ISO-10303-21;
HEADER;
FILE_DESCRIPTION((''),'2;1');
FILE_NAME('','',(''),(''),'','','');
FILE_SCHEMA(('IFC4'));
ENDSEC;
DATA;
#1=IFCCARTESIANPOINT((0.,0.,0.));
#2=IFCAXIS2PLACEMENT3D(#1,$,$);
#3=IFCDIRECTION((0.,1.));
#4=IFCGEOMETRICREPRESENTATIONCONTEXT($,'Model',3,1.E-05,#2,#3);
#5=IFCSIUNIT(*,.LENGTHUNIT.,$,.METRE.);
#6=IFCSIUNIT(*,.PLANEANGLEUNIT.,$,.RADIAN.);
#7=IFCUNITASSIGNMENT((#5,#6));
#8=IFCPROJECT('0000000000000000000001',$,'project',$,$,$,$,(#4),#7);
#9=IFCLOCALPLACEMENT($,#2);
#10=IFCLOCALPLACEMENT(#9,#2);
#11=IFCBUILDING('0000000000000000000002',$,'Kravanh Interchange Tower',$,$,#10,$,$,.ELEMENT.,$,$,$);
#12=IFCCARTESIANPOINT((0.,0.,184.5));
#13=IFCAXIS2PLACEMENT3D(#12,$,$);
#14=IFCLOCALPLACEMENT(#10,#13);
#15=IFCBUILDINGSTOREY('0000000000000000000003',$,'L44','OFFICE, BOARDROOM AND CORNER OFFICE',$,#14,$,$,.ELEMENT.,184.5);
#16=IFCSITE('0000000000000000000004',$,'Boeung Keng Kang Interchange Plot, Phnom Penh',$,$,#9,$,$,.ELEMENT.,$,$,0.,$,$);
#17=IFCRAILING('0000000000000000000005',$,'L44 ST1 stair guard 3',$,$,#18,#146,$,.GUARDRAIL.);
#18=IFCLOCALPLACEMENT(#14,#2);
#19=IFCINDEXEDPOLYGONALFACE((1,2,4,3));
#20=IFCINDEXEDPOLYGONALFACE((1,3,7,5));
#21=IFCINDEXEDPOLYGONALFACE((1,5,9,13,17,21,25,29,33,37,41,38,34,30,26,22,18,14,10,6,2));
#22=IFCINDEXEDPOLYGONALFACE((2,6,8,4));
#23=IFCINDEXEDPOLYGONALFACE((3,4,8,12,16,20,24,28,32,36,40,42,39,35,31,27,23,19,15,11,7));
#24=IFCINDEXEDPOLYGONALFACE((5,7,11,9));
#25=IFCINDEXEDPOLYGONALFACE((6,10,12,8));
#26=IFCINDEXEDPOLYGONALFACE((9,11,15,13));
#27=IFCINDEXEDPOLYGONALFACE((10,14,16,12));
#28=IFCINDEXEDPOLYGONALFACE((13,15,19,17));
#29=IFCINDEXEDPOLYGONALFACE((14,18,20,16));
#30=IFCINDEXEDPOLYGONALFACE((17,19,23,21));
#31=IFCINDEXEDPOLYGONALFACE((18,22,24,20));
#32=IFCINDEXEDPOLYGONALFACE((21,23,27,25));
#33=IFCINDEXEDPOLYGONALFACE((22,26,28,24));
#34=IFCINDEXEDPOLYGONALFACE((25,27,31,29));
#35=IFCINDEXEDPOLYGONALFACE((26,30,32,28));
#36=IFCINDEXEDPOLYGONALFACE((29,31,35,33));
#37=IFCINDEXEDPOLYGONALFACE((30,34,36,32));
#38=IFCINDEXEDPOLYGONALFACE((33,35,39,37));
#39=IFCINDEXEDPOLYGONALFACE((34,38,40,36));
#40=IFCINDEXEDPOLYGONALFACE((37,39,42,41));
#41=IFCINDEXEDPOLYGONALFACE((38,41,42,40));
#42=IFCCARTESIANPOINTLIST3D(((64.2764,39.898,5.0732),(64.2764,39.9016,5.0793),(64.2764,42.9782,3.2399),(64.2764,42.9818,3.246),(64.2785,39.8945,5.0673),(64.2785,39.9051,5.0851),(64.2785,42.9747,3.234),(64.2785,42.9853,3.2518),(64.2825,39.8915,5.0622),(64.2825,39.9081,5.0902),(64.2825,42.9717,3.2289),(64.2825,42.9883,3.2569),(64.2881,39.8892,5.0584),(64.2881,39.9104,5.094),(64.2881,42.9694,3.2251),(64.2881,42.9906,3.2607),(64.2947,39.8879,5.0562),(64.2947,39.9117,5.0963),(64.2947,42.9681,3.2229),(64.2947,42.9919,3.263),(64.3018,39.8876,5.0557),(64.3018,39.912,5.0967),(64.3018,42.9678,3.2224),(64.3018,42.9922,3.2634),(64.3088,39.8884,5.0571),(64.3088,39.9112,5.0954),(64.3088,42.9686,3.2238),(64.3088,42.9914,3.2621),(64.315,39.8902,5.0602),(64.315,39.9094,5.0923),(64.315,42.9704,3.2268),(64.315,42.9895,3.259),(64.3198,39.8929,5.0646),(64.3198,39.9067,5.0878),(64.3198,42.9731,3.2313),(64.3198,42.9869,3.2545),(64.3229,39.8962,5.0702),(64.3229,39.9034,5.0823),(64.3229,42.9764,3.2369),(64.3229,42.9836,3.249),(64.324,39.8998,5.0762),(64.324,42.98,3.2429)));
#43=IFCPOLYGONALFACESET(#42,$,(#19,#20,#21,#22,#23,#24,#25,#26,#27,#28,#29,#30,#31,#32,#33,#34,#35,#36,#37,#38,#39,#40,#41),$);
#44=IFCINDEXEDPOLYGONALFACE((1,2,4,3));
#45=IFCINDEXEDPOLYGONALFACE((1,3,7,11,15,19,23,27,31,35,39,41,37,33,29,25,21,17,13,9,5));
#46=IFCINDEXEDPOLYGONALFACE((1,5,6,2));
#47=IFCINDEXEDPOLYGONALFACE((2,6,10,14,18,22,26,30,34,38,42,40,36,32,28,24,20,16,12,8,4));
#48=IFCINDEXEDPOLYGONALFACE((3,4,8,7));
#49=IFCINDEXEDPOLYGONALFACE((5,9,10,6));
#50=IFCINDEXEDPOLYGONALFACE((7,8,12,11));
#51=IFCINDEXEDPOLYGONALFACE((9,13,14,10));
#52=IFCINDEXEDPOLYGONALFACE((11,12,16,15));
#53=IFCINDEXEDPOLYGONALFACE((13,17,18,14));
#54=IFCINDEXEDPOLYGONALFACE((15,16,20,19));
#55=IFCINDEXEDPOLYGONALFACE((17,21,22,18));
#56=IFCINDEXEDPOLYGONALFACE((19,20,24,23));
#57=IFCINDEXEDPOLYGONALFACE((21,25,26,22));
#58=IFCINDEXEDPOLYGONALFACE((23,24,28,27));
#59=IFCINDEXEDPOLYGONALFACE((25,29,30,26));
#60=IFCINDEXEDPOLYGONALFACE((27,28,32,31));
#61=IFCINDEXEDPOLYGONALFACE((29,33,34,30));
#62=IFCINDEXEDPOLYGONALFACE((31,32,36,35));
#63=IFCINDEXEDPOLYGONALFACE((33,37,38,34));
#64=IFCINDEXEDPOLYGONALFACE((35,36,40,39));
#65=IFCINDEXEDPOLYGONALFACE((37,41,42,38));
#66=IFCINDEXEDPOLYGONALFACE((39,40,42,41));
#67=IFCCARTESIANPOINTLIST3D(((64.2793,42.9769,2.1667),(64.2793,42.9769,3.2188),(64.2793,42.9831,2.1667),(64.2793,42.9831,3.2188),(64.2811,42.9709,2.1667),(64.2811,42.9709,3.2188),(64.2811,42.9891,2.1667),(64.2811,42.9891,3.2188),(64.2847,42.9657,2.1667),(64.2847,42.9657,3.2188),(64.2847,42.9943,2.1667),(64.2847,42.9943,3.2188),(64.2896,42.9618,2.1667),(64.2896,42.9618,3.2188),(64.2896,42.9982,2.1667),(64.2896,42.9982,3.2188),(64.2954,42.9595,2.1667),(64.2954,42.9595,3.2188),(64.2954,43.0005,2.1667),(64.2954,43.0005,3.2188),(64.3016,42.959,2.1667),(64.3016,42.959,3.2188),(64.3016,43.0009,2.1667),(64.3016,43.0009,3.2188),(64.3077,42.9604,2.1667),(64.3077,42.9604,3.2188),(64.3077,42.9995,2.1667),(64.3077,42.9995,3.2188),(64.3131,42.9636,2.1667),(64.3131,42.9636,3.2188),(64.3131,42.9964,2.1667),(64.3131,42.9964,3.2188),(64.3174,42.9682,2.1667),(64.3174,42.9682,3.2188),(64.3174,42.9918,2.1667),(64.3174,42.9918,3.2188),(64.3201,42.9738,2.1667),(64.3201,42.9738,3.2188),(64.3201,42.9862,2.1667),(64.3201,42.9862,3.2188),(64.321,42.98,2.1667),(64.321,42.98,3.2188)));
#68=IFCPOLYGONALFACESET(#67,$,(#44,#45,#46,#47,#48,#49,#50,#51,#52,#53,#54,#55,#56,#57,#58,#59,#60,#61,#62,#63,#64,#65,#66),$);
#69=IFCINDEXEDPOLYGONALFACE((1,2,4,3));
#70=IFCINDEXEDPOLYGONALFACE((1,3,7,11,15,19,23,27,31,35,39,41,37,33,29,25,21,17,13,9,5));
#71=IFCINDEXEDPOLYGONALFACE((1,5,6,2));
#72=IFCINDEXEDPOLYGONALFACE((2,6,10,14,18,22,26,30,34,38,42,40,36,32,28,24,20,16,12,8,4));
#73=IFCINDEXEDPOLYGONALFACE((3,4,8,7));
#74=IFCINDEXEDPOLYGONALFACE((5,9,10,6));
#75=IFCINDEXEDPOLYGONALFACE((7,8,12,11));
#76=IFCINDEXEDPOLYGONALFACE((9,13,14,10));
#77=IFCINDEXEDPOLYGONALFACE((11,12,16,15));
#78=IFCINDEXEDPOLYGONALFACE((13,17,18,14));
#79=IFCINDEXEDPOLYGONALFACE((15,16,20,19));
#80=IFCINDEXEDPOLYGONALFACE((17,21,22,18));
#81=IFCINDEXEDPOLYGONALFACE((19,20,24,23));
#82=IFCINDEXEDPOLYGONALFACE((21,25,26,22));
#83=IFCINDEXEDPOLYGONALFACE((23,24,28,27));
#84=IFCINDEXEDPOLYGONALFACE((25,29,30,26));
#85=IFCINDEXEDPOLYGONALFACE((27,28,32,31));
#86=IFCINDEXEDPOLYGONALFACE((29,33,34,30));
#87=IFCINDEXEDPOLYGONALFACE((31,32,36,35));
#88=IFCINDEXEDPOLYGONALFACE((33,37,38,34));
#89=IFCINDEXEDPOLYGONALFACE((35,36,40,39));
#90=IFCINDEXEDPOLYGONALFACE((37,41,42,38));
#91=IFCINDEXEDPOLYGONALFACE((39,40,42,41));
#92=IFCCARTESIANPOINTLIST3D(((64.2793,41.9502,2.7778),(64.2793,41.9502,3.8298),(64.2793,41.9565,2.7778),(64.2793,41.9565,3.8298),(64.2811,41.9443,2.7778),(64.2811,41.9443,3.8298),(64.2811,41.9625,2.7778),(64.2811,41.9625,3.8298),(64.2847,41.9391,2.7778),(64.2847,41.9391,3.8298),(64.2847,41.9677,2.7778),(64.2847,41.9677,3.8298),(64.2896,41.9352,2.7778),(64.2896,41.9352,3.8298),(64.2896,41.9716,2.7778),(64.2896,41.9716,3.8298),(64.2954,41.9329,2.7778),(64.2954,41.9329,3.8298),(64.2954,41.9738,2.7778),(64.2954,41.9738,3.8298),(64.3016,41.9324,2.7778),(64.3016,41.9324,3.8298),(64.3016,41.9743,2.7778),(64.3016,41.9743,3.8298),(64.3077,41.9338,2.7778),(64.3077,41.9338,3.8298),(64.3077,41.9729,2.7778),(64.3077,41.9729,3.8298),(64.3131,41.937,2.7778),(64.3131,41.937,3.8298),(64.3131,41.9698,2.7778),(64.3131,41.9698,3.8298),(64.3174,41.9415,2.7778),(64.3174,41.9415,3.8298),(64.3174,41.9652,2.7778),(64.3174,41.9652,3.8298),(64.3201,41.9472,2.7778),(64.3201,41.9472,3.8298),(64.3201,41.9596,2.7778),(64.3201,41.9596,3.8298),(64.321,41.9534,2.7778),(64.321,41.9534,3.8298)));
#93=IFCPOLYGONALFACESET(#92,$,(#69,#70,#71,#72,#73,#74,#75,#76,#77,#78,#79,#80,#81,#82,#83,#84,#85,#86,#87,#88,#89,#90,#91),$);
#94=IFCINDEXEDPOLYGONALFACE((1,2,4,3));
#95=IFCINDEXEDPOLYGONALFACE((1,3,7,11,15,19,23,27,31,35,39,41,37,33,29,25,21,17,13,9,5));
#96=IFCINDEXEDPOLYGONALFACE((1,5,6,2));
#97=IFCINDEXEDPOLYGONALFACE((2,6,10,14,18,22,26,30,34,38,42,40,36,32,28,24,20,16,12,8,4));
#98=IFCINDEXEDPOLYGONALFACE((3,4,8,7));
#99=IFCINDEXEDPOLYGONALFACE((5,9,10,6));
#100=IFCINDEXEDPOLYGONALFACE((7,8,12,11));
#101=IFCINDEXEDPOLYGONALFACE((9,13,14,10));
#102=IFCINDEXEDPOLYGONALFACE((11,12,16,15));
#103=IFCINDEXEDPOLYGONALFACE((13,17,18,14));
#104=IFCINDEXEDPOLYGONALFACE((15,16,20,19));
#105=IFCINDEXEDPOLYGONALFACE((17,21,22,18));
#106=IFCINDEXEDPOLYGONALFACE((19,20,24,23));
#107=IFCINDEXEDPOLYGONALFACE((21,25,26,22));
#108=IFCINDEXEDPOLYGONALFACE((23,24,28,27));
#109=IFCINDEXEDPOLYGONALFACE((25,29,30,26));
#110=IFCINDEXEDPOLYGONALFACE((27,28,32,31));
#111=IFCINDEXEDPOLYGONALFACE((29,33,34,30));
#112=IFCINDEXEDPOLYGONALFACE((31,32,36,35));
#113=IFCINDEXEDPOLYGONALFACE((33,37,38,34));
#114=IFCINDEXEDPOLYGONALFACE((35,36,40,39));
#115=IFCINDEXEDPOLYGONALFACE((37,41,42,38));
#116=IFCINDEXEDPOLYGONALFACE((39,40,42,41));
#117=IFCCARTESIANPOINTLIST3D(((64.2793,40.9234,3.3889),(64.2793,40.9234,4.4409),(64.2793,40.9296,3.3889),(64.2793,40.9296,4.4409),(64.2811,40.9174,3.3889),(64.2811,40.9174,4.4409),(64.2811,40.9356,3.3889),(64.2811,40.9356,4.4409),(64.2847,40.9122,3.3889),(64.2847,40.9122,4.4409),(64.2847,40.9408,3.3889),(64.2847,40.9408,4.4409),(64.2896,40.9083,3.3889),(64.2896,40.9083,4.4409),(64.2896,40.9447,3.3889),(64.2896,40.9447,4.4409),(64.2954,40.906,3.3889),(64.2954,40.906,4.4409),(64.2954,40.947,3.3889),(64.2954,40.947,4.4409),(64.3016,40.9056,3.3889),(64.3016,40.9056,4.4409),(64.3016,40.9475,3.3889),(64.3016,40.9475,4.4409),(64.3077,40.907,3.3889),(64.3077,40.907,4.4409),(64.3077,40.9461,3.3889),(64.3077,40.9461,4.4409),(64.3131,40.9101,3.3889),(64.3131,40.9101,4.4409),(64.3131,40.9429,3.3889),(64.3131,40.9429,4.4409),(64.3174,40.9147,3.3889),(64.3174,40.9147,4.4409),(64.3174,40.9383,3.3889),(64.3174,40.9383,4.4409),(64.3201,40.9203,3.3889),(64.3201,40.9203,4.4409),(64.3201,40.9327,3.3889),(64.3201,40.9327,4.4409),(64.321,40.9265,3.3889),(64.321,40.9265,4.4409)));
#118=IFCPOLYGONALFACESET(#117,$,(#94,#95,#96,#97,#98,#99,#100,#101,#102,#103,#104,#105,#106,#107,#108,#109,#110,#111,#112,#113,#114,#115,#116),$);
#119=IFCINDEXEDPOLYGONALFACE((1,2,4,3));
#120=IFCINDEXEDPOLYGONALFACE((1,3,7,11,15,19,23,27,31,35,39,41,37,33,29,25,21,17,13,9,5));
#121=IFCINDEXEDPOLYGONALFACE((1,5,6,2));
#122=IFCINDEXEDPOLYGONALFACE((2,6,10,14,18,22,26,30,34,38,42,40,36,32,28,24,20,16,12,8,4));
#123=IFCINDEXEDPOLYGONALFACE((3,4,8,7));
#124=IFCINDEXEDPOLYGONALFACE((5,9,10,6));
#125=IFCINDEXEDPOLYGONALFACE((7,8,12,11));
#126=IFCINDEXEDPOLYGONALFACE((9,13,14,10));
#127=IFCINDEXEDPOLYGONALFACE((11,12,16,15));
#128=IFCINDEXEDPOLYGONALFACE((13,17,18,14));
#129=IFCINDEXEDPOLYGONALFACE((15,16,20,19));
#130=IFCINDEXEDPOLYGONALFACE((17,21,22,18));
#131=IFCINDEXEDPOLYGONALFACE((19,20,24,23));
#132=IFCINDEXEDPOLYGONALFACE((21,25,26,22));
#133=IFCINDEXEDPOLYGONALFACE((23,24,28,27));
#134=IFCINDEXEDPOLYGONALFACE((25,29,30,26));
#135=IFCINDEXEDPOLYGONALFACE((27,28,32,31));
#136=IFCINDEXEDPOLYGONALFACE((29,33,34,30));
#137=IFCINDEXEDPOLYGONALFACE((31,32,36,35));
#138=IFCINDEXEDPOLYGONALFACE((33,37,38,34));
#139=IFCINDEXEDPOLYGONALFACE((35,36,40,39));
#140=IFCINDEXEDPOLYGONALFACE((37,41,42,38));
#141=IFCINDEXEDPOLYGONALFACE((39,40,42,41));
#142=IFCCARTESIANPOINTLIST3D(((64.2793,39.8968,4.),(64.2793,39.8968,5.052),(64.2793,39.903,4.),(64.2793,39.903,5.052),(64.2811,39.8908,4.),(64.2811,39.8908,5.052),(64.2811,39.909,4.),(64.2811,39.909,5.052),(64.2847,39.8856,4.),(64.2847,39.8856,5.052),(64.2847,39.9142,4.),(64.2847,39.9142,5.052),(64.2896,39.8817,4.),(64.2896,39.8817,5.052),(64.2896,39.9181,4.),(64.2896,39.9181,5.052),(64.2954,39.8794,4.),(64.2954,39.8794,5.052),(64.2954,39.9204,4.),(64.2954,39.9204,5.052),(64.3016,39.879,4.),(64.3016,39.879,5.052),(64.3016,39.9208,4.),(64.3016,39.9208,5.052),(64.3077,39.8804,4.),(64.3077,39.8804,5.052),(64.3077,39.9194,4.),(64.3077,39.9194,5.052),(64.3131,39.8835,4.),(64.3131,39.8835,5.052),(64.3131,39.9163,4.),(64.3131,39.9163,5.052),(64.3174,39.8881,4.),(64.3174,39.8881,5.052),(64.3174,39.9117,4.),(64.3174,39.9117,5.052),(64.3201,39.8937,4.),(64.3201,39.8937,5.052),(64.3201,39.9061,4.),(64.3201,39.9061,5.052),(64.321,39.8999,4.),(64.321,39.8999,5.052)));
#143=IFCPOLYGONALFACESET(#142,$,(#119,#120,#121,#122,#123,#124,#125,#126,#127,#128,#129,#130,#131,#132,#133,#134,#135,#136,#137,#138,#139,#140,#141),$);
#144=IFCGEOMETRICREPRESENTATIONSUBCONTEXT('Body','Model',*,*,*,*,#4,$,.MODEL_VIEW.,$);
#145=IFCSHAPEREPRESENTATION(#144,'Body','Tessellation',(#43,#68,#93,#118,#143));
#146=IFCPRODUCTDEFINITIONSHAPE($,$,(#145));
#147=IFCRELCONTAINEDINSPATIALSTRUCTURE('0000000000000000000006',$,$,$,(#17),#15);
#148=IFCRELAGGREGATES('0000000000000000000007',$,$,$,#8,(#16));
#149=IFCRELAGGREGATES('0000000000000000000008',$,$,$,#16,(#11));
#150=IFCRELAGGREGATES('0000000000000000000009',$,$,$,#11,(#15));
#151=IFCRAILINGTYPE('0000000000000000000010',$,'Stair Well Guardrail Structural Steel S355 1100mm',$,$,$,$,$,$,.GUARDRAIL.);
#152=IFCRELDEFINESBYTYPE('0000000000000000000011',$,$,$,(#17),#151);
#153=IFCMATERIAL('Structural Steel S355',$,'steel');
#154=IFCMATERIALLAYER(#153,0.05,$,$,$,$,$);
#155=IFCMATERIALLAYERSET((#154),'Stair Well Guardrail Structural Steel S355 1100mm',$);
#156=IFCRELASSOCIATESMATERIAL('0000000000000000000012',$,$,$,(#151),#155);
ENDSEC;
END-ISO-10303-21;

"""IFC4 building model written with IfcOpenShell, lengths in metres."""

from ifc_helpers import new_model, si_unit, direction, frame, origin, origin_2d, place, context, subcontext, project, spatial, circle, extrude, material, layer, layer_set, type_object, element, save


model = new_model("IFC4")

# Units and contexts
model_context = context("Model", 3, precision=1e-05, world=origin(), true_north=direction((0.0, 1.0)))
body_context = subcontext(model_context, "Body", "Model", "MODEL_VIEW")
ifc_project = project(units=[si_unit("LENGTHUNIT", "METRE"), si_unit("PLANEANGLEUNIT", "RADIAN")], contexts=[model_context])

# Site, building, storey
site_placement = place(None, origin())
site = spatial("IfcSite", under=ifc_project, at=site_placement, Name="Boeung Keng Kang Interchange Plot, Phnom Penh", CompositionType="ELEMENT", RefElevation=0.0)
building_placement = place(site_placement, origin())
building = spatial("IfcBuilding", under=site, at=building_placement, Name="Kravanh Interchange Tower", CompositionType="ELEMENT")
storey_placement = place(building_placement, frame((0.0, 0.0, 184.5)))
storey = spatial("IfcBuildingStorey", under=building, at=storey_placement, Name="L44", Description="OFFICE, BOARDROOM AND CORNER OFFICE", CompositionType="ELEMENT", Elevation=184.5)

# Railing
ifc_material_1 = material(Name="Structural Steel S355", Category="steel")
ifc_layer_1 = layer(ifc_material_1, 0.05)
ifc_layer_set_1 = layer_set([ifc_layer_1], Name="Stair Well Guardrail Structural Steel S355 1100mm")
railing_type_1 = type_object("IfcRailingType", Name="Stair Well Guardrail Structural Steel S355 1100mm", PredefinedType="GUARDRAIL", material=ifc_layer_set_1)
railing_1_placement = place(storey_placement, frame((64.3, 42.98, 2.1667)))
element("IfcRailing", 1, at=railing_1_placement, inside=storey, type_object=railing_type_1, Name="L44 ST1 stair guard 3", PredefinedType="GUARDRAIL", context=body_context, shape_type="SweptSolid", body=[
    extrude(circle(Radius=0.0239, at=origin_2d()), frame((0.0, 0.0, 1.0762), z_axis=(0.0, -0.859309, 0.511458), x_axis=(1.0, 0.0, 0.0)), (0.0, 0.0, 1.0), 3.5845),
    extrude(circle(Radius=0.021, at=origin_2d()), origin(), (0.0, 0.0, 1.0), 1.052),
    extrude(circle(Radius=0.021, at=origin_2d()), frame((0.0, -1.0266, 0.6111)), (0.0, 0.0, 1.0), 1.052),
    extrude(circle(Radius=0.021, at=origin_2d()), frame((0.0, -2.0535, 1.2222)), (0.0, 0.0, 1.0), 1.052),
    extrude(circle(Radius=0.021, at=origin_2d()), frame((0.0, -3.0801, 1.8333)), (0.0, 0.0, 1.0), 1.052),
])

save(model, "model.ifc")
